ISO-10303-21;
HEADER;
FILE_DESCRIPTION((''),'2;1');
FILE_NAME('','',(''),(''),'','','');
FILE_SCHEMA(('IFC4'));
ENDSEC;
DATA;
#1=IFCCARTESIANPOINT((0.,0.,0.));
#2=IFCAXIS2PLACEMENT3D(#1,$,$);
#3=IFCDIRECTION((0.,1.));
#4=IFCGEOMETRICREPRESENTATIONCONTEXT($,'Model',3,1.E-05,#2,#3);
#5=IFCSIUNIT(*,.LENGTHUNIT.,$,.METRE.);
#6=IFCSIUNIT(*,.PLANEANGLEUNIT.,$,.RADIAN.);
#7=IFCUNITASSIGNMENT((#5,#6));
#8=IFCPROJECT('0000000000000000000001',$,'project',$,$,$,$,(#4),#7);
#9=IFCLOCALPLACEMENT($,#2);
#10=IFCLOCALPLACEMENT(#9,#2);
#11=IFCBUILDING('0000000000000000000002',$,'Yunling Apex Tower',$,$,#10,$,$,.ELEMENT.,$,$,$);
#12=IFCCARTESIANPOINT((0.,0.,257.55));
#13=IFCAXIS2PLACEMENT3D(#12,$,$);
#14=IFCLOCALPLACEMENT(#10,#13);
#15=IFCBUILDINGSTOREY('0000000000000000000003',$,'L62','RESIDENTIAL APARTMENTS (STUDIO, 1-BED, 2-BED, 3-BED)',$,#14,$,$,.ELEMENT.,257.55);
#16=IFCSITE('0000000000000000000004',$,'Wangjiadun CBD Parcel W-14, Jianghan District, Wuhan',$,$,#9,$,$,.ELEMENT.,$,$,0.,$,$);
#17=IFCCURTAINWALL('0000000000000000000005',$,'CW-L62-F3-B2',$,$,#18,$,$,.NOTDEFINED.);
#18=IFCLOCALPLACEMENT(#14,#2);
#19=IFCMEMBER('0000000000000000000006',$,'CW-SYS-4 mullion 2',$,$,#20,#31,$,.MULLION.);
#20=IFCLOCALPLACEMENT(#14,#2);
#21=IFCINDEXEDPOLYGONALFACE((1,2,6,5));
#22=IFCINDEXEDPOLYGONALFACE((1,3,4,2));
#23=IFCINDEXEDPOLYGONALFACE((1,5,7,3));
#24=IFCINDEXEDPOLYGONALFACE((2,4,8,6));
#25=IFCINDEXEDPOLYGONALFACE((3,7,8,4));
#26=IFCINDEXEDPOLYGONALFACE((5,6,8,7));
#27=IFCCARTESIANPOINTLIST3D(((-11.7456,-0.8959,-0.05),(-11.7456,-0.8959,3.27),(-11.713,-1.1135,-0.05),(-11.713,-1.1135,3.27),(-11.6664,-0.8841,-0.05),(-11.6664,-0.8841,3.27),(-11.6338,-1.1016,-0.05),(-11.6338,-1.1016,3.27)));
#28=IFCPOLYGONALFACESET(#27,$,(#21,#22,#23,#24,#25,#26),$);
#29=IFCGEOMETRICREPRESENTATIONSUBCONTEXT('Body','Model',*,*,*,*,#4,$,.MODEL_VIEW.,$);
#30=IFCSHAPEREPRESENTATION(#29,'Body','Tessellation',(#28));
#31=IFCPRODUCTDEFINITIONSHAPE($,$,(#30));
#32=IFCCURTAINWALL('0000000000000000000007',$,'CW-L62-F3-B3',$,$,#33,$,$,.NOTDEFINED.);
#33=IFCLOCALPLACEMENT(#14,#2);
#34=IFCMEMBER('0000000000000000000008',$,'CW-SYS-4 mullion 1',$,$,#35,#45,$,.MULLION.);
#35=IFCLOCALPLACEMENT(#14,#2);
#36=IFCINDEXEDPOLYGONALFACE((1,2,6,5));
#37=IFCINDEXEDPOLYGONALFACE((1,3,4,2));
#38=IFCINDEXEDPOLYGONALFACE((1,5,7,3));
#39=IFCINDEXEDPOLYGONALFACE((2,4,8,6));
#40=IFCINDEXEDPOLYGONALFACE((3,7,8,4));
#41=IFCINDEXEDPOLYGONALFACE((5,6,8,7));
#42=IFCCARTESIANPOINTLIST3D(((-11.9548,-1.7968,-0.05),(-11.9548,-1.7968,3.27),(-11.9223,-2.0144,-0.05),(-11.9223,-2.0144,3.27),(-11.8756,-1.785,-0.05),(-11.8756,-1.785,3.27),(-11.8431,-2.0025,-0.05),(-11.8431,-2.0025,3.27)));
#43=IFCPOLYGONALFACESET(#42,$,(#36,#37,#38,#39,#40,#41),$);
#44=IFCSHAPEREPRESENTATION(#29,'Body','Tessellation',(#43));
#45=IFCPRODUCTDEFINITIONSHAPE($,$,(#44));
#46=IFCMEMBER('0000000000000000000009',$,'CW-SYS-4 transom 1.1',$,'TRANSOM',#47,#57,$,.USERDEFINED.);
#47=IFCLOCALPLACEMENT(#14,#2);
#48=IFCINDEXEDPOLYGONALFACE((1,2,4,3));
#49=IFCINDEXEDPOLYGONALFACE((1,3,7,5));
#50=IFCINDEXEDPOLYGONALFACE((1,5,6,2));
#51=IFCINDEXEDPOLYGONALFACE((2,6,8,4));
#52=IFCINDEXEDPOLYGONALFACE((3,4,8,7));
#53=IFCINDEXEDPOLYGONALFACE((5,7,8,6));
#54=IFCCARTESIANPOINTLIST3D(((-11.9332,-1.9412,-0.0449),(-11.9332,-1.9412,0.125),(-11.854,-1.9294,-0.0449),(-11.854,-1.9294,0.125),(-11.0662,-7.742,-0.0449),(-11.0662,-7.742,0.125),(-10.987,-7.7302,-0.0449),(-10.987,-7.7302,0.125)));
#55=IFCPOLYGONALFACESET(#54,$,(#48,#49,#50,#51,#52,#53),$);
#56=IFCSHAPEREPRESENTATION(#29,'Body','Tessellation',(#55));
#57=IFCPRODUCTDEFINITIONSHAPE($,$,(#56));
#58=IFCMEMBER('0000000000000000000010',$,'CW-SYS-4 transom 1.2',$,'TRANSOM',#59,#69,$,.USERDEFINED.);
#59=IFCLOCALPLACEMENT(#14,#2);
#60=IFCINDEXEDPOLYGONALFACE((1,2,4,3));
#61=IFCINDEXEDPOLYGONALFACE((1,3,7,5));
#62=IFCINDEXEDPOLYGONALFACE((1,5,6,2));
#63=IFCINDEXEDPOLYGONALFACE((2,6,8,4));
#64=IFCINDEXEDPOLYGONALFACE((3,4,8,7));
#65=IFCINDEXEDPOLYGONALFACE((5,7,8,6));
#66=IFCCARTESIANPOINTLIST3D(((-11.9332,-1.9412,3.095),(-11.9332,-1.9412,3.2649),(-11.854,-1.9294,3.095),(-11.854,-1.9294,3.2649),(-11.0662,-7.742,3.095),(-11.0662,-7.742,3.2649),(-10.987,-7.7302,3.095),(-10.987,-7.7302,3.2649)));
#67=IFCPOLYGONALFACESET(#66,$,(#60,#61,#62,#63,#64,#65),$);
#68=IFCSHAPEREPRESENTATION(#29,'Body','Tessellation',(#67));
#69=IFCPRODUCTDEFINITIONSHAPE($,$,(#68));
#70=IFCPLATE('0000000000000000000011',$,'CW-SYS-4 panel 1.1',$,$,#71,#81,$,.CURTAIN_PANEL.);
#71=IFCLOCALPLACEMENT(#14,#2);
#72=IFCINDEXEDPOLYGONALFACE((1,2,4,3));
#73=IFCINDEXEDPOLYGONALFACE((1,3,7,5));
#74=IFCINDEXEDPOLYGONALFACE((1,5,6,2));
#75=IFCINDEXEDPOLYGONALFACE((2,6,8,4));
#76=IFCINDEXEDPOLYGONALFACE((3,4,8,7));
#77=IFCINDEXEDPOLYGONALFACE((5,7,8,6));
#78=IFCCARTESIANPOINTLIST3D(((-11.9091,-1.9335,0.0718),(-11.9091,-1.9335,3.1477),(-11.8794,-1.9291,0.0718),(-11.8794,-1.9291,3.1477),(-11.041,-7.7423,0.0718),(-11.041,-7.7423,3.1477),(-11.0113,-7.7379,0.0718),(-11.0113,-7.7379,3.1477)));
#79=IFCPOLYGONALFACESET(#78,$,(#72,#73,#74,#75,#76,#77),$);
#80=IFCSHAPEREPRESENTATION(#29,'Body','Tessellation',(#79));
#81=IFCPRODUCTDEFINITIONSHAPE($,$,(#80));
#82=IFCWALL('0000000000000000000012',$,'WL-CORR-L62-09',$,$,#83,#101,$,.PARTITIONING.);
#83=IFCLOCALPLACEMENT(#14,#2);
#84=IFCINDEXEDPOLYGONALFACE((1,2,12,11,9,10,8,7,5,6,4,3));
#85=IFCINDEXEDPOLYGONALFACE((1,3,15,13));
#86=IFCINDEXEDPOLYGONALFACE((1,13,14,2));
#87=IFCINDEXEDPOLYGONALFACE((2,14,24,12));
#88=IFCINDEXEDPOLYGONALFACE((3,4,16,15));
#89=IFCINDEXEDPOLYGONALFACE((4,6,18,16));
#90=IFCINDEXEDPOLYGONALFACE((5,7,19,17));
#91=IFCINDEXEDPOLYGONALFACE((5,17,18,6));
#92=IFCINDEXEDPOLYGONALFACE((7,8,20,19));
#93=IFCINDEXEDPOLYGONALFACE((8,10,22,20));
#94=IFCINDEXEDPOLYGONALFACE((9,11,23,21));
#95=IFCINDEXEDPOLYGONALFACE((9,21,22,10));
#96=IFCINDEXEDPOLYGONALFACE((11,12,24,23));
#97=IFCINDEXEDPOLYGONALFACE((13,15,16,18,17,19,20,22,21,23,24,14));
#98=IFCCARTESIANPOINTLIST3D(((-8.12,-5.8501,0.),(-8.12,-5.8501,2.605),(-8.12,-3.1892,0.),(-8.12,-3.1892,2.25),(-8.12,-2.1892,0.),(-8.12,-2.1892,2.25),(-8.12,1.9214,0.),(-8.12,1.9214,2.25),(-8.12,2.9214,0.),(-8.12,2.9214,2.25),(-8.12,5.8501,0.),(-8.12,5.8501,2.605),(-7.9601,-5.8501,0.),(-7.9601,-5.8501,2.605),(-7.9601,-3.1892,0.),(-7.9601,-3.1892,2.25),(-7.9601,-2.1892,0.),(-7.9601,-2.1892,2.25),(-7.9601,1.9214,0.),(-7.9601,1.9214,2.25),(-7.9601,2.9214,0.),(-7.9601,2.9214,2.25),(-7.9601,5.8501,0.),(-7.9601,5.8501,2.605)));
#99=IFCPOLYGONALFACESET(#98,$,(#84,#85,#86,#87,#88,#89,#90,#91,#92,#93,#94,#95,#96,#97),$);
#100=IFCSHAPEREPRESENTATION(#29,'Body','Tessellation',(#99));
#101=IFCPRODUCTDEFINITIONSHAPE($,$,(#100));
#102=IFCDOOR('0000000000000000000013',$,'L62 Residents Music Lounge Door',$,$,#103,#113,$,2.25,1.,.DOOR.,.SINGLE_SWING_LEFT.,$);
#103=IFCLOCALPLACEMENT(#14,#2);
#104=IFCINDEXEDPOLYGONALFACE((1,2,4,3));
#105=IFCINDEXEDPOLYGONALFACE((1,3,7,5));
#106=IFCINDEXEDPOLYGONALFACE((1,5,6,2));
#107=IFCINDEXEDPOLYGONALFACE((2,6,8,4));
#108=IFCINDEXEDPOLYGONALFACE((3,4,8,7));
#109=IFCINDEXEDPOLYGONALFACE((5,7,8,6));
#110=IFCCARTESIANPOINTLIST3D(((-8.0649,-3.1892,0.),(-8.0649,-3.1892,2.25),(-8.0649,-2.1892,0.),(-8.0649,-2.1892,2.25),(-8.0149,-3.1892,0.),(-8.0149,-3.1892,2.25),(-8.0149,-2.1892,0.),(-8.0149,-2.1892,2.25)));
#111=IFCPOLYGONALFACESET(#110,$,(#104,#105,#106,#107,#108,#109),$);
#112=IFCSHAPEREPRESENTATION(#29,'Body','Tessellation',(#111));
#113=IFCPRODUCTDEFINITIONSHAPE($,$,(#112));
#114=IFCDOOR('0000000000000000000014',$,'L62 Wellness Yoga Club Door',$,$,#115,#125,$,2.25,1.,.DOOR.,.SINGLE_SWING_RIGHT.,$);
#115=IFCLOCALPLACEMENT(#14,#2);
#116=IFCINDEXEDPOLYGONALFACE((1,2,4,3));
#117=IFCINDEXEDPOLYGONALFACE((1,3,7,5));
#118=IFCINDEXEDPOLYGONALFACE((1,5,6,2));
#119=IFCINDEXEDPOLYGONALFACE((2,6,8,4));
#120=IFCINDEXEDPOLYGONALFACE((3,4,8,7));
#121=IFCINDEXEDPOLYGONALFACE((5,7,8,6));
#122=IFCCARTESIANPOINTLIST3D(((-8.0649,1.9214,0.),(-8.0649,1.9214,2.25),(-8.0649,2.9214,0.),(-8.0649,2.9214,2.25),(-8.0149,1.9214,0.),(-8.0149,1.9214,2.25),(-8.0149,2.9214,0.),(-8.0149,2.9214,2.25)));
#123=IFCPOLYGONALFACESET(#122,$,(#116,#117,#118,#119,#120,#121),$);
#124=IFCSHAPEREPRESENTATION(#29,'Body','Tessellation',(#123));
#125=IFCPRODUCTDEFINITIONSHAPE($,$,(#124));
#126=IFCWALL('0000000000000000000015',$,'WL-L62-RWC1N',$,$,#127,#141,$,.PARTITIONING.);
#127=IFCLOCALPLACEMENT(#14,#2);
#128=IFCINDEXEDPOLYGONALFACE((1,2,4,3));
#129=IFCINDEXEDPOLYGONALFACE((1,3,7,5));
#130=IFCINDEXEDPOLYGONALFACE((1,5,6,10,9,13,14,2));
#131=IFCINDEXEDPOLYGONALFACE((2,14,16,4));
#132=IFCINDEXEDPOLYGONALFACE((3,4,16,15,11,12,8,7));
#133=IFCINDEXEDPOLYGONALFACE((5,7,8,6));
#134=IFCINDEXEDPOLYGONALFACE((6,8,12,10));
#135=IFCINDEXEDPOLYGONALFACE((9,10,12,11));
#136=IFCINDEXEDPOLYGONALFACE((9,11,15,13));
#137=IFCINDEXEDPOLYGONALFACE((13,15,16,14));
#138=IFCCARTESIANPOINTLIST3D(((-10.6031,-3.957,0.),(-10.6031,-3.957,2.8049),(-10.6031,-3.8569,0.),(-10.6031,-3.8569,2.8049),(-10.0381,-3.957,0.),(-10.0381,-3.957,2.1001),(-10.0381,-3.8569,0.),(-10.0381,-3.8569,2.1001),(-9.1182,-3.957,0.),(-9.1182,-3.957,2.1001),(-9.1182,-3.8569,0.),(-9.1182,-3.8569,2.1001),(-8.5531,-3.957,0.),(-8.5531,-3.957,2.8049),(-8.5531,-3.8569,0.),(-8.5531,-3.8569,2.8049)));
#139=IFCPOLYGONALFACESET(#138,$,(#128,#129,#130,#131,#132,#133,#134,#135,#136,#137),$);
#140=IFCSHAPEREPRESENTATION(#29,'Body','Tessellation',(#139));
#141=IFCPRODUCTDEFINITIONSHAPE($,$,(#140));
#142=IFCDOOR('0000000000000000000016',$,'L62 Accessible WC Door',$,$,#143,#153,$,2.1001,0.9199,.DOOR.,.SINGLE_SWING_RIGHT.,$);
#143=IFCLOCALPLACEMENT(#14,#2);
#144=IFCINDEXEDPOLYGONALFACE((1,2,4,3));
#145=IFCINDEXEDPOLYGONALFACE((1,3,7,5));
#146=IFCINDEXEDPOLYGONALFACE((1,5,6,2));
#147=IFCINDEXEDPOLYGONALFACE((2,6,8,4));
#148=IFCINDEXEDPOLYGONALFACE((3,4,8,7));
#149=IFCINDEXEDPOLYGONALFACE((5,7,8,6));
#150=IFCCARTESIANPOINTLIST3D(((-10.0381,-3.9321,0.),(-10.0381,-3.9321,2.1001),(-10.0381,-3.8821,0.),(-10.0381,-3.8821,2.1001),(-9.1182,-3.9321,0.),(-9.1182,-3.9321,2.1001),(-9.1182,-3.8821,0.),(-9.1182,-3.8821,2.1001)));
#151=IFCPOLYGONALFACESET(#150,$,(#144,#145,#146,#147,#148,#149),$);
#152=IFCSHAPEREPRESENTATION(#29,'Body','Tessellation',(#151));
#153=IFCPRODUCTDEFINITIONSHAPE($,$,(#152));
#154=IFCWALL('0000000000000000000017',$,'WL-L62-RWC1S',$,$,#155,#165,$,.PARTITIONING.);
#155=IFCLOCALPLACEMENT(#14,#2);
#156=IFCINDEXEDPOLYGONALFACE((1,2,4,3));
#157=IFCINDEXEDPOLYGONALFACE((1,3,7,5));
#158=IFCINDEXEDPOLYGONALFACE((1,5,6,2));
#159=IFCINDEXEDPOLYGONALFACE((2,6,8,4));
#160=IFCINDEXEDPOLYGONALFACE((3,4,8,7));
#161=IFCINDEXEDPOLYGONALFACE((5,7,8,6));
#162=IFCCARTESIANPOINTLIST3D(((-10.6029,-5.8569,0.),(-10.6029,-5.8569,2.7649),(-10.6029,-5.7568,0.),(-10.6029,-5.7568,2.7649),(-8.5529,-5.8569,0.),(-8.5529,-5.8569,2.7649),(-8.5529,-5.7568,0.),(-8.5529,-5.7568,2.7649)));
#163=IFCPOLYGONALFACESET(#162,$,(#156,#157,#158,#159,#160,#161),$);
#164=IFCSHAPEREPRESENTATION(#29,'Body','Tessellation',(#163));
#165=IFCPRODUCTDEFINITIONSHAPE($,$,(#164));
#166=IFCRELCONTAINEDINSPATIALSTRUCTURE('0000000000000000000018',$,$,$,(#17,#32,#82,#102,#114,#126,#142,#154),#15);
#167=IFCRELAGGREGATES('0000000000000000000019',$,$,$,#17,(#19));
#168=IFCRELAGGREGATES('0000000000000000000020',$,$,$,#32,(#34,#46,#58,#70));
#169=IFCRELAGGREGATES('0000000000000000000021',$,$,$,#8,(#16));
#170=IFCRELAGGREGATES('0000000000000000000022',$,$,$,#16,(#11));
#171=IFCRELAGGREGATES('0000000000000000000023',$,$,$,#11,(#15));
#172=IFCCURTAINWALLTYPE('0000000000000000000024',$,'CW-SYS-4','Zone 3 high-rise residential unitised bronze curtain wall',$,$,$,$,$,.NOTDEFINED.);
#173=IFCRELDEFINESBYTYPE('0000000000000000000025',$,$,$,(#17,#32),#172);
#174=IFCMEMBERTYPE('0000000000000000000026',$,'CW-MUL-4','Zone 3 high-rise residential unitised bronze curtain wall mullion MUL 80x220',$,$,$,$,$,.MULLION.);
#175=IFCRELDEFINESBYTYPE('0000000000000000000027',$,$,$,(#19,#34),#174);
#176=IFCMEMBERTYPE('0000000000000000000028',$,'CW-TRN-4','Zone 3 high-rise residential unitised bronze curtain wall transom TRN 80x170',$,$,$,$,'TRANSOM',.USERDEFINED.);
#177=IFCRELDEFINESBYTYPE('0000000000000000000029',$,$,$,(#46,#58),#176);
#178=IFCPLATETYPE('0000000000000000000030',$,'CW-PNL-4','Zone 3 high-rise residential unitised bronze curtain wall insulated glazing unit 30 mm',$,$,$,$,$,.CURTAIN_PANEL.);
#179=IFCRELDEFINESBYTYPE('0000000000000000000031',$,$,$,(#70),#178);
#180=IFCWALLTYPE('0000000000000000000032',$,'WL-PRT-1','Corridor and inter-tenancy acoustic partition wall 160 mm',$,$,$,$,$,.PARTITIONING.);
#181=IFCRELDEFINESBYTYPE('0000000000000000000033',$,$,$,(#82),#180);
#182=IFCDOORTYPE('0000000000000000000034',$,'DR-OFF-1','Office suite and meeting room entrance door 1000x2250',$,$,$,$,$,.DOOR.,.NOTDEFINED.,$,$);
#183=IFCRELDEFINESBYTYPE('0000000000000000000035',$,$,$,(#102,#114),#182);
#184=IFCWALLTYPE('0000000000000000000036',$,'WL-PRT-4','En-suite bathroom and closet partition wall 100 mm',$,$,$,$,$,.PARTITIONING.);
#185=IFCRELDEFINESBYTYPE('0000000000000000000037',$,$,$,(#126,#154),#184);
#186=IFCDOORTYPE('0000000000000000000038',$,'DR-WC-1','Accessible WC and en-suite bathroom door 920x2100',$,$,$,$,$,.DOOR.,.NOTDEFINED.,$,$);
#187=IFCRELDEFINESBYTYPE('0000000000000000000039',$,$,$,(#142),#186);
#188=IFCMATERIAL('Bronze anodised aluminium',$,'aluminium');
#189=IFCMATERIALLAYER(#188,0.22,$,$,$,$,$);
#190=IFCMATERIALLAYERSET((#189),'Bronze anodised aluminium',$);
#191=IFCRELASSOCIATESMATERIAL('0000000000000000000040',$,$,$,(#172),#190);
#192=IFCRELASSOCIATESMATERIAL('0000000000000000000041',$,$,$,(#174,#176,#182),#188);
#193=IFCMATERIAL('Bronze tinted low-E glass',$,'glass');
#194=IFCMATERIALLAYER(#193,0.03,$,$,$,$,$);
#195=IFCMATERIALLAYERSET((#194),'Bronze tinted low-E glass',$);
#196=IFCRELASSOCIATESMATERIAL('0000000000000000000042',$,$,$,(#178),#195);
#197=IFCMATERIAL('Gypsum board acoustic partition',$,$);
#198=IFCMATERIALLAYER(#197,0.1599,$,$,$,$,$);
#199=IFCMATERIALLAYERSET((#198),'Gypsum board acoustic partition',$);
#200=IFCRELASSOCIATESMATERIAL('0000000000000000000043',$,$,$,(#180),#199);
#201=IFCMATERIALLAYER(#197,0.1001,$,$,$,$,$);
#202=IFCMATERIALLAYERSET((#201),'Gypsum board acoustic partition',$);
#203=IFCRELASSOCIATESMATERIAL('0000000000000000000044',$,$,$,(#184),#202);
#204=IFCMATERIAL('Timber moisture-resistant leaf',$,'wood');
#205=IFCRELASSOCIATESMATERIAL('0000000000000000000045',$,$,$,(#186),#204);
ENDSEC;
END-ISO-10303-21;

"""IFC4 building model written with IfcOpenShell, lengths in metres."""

from ifc_helpers import new_model, si_unit, direction, frame, frame_2d, origin, origin_2d, place, context, subcontext, project, spatial, rectangle, extrude, source, transform, mapped, material, layer, layer_set, material_profile, profile_set, type_object, element, fill, aggregate, save


model = new_model("IFC4")

# Units and contexts
model_context = context("Model", 3, precision=1e-05, world=origin(), true_north=direction((0.0, 1.0)))
body_context = subcontext(model_context, "Body", "Model", "MODEL_VIEW")
ifc_project = project(units=[si_unit("LENGTHUNIT", "METRE"), si_unit("PLANEANGLEUNIT", "RADIAN")], contexts=[model_context])

# Site, building, storey
site_placement = place(None, origin())
site = spatial("IfcSite", under=ifc_project, at=site_placement, Name="Wangjiadun CBD Parcel W-14, Jianghan District, Wuhan", CompositionType="ELEMENT", RefElevation=0.0)
building_placement = place(site_placement, origin())
building = spatial("IfcBuilding", under=site, at=building_placement, Name="Yunling Apex Tower", CompositionType="ELEMENT")
storey_placement = place(building_placement, frame((0.0, 0.0, 257.55)))
storey = spatial("IfcBuildingStorey", under=building, at=storey_placement, Name="L62", Description="RESIDENTIAL APARTMENTS (STUDIO, 1-BED, 2-BED, 3-BED)", CompositionType="ELEMENT", Elevation=257.55)

# Curtain wall, member
ifc_material_1 = material(Name="Bronze anodised aluminium", Category="aluminium")
ifc_layer_1 = layer(ifc_material_1, 0.22)
ifc_layer_set_1 = layer_set([ifc_layer_1], Name="Bronze anodised aluminium")
curtain_wall_type = type_object("IfcCurtainWallType", Name="CW-SYS-4", Description="Zone 3 high-rise residential unitised bronze curtain wall", PredefinedType="NOTDEFINED", material=ifc_layer_set_1)
curtain_wall_1_placement = place(storey_placement, origin())
curtain_wall_1 = element("IfcCurtainWall", 1, at=curtain_wall_1_placement, inside=storey, type_object=curtain_wall_type, Name="CW-L62-F3-B2", PredefinedType="NOTDEFINED")
ifc_material_profile_1 = material_profile(ifc_material_1, rectangle(XDim=0.0801, YDim=0.22, at=origin_2d()))
ifc_profile_set_1 = profile_set([ifc_material_profile_1], Name="Bronze anodised aluminium")
member_type_1 = type_object("IfcMemberType", Name="CW-MUL-4", Description="Zone 3 high-rise residential unitised bronze curtain wall mullion MUL 80x220", PredefinedType="MULLION", material=ifc_profile_set_1)
shared_shape_1 = source(origin(), body_context, "Body", "SweptSolid", [
    extrude(rectangle(XDim=0.0801, YDim=0.22, at=origin_2d()), origin(), (0.0, 0.0, 1.0), 3.3201),
])
member_1_placement = place(storey_placement, frame((-11.6897, -0.9988, -0.05), z_axis=(0.0, 0.0, 1.0), x_axis=(0.989017, 0.147804, 0.0)))
member_1 = element("IfcMember", 2, at=member_1_placement, type_object=member_type_1, Name="CW-SYS-4 mullion 2", PredefinedType="MULLION", context=body_context, shape_type="MappedRepresentation", body=[
    mapped(shared_shape_1, transform((0.0, 0.0, 0.0), scale=1.0)),
])
aggregate(curtain_wall_1, [member_1])

# Curtain wall, members, plate
curtain_wall_2_placement = place(storey_placement, origin())
curtain_wall_2 = element("IfcCurtainWall", 3, at=curtain_wall_2_placement, inside=storey, type_object=curtain_wall_type, Name="CW-L62-F3-B3", PredefinedType="NOTDEFINED")
member_2_placement = place(storey_placement, frame((-11.8989, -1.8997, -0.05), z_axis=(0.0, 0.0, 1.0), x_axis=(0.989016, 0.147807, 0.0)))
member_2 = element("IfcMember", 4, at=member_2_placement, type_object=member_type_1, Name="CW-SYS-4 mullion 1", PredefinedType="MULLION", context=body_context, shape_type="MappedRepresentation", body=[
    mapped(shared_shape_1, transform((0.0, 0.0, 0.0), scale=1.0)),
])
ifc_material_profile_2 = material_profile(ifc_material_1, rectangle(XDim=0.0801, YDim=0.1699, at=origin_2d()))
ifc_profile_set_2 = profile_set([ifc_material_profile_2], Name="Bronze anodised aluminium")
member_type_2 = type_object("IfcMemberType", Name="CW-TRN-4", Description="Zone 3 high-rise residential unitised bronze curtain wall transom TRN 80x170", ElementType="TRANSOM", PredefinedType="USERDEFINED", material=ifc_profile_set_2)
shared_shape_2 = source(origin(), body_context, "Body", "SweptSolid", [
    extrude(rectangle(XDim=0.0801, YDim=0.1699, at=origin_2d()), origin(), (0.0, 0.0, 1.0), 5.8652),
])
member_3_placement = place(storey_placement, frame((-11.8936, -1.9353, 0.04), z_axis=(0.147811, -0.989016, 0.0), x_axis=(0.989016, 0.147811, 0.0)))
member_3 = element("IfcMember", 5, at=member_3_placement, type_object=member_type_2, Name="CW-SYS-4 transom 1.1", ObjectType="TRANSOM", PredefinedType="USERDEFINED", context=body_context, shape_type="MappedRepresentation", body=[
    mapped(shared_shape_2, transform((0.0, 0.0, 0.0), scale=1.0)),
])
member_4_placement = place(storey_placement, frame((-11.8936, -1.9353, 3.1799), z_axis=(0.147811, -0.989016, 0.0), x_axis=(0.989016, 0.147811, 0.0)))
member_4 = element("IfcMember", 6, at=member_4_placement, type_object=member_type_2, Name="CW-SYS-4 transom 1.2", ObjectType="TRANSOM", PredefinedType="USERDEFINED", context=body_context, shape_type="MappedRepresentation", body=[
    mapped(shared_shape_2, transform((0.0, 0.0, 0.0), scale=1.0)),
])
ifc_material_2 = material(Name="Bronze tinted low-E glass", Category="glass")
ifc_layer_2 = layer(ifc_material_2, 0.03)
ifc_layer_set_2 = layer_set([ifc_layer_2], Name="Bronze tinted low-E glass")
plate_type = type_object("IfcPlateType", Name="CW-PNL-4", Description="Zone 3 high-rise residential unitised bronze curtain wall insulated glazing unit 30 mm", PredefinedType="CURTAIN_PANEL", material=ifc_layer_set_2)
shared_shape_3 = source(origin(), body_context, "Body", "SweptSolid", [
    extrude(rectangle(XDim=5.8733, YDim=0.03, at=origin_2d()), origin(), (0.0, 0.0, 1.0), 3.0759),
])
plate_placement = place(storey_placement, frame((-11.4602, -4.8357, 0.0718), z_axis=(0.0, 0.0, 1.0), x_axis=(0.147807, -0.989016, 0.0)))
plate = element("IfcPlate", 7, at=plate_placement, type_object=plate_type, Name="CW-SYS-4 panel 1.1", PredefinedType="CURTAIN_PANEL", context=body_context, shape_type="MappedRepresentation", body=[
    mapped(shared_shape_3, transform((0.0, 0.0, 0.0), scale=1.0)),
])
aggregate(curtain_wall_2, [member_2, member_3, member_4, plate])

# Wall, openings, doors
ifc_material_3 = material(Name="Gypsum board acoustic partition")
ifc_layer_3 = layer(ifc_material_3, 0.1599)
ifc_layer_set_3 = layer_set([ifc_layer_3], Name="Gypsum board acoustic partition")
wall_type_1 = type_object("IfcWallType", Name="WL-PRT-1", Description="Corridor and inter-tenancy acoustic partition wall 160 mm", PredefinedType="PARTITIONING", material=ifc_layer_set_3)
wall_1_placement = place(storey_placement, frame((-8.04, -5.8501, 0.0), z_axis=(0.0, 0.0, 1.0), x_axis=(0.0, 1.0, 0.0)))
wall_1 = element("IfcWall", 8, at=wall_1_placement, inside=storey, type_object=wall_type_1, Name="WL-CORR-L62-09", PredefinedType="PARTITIONING", context=body_context, shape_type="SweptSolid", body=[
    extrude(rectangle(XDim=11.7002, YDim=0.1599, at=frame_2d((5.8501, 0.0))), origin(), (0.0, 0.0, 1.0), 2.605),
])
opening_1_placement = place(wall_1_placement, frame((2.6609, 0.0, 0.0)))
opening_1 = element("IfcOpeningElement", 9, at=opening_1_placement, cuts=wall_1, PredefinedType="OPENING", context=body_context, shape_type="SweptSolid", body=[
    extrude(rectangle(XDim=1.0, YDim=2.25, at=frame_2d((0.5, 1.125))), frame((0.0, 0.0898, 0.0), z_axis=(0.0, -1.0, 0.0), x_axis=(1.0, 0.0, 0.0)), (0.0, 0.0, 1.0), 0.1799),
])
opening_2_placement = place(wall_1_placement, frame((7.7715, 0.0, 0.0)))
opening_2 = element("IfcOpeningElement", 10, at=opening_2_placement, cuts=wall_1, PredefinedType="OPENING", context=body_context, shape_type="SweptSolid", body=[
    extrude(rectangle(XDim=1.0, YDim=2.25, at=frame_2d((0.5, 1.125))), frame((0.0, 0.0898, 0.0), z_axis=(0.0, -1.0, 0.0), x_axis=(1.0, 0.0, 0.0)), (0.0, 0.0, 1.0), 0.1799),
])
door_type_1 = type_object("IfcDoorType", Name="DR-OFF-1", Description="Office suite and meeting room entrance door 1000x2250", OperationType="NOTDEFINED", PredefinedType="DOOR", material=ifc_material_1)
door_1_placement = place(opening_1_placement, origin())
door_1 = element("IfcDoor", 11, at=door_1_placement, inside=storey, type_object=door_type_1, Name="L62 Residents Music Lounge Door", OperationType="SINGLE_SWING_LEFT", OverallHeight=2.25, OverallWidth=1.0, PredefinedType="DOOR", context=body_context, shape_type="SweptSolid", body=[
    extrude(rectangle(XDim=1.0, YDim=2.25, at=frame_2d((0.5, 1.125))), frame((0.0, 0.0249, 0.0), z_axis=(0.0, -1.0, 0.0), x_axis=(1.0, 0.0, 0.0)), (0.0, 0.0, 1.0), 0.05),
])
fill(opening_1, door_1)
door_2_placement = place(opening_2_placement, origin())
door_2 = element("IfcDoor", 12, at=door_2_placement, inside=storey, type_object=door_type_1, Name="L62 Wellness Yoga Club Door", OperationType="SINGLE_SWING_RIGHT", OverallHeight=2.25, OverallWidth=1.0, PredefinedType="DOOR", context=body_context, shape_type="SweptSolid", body=[
    extrude(rectangle(XDim=1.0, YDim=2.25, at=frame_2d((0.5, 1.125))), frame((0.0, 0.0249, 0.0), z_axis=(0.0, -1.0, 0.0), x_axis=(1.0, 0.0, 0.0)), (0.0, 0.0, 1.0), 0.05),
])
fill(opening_2, door_2)

# Wall, opening, door
ifc_layer_4 = layer(ifc_material_3, 0.1001)
ifc_layer_set_4 = layer_set([ifc_layer_4], Name="Gypsum board acoustic partition")
wall_type_2 = type_object("IfcWallType", Name="WL-PRT-4", Description="En-suite bathroom and closet partition wall 100 mm", PredefinedType="PARTITIONING", material=ifc_layer_set_4)
wall_2_placement = place(storey_placement, frame((-10.603, -3.907, 0.0), z_axis=(0.0, 0.0, 1.0), x_axis=(1.0, 0.0, 0.0)))
wall_2 = element("IfcWall", 13, at=wall_2_placement, inside=storey, type_object=wall_type_2, Name="WL-L62-RWC1N", PredefinedType="PARTITIONING", context=body_context, shape_type="SweptSolid", body=[
    extrude(rectangle(XDim=2.05, YDim=0.1001, at=frame_2d((1.0249, 0.0))), origin(), (0.0, 0.0, 1.0), 2.8049),
])
opening_3_placement = place(wall_2_placement, frame((0.5649, 0.0, 0.0)))
opening_3 = element("IfcOpeningElement", 14, at=opening_3_placement, cuts=wall_2, PredefinedType="OPENING", context=body_context, shape_type="SweptSolid", body=[
    extrude(rectangle(XDim=0.9199, YDim=2.1001, at=frame_2d((0.46, 1.05))), frame((0.0, 0.0601, 0.0), z_axis=(0.0, -1.0, 0.0), x_axis=(1.0, 0.0, 0.0)), (0.0, 0.0, 1.0), 0.1201),
])
ifc_material_4 = material(Name="Timber moisture-resistant leaf", Category="wood")
door_type_2 = type_object("IfcDoorType", Name="DR-WC-1", Description="Accessible WC and en-suite bathroom door 920x2100", OperationType="NOTDEFINED", PredefinedType="DOOR", material=ifc_material_4)
door_3_placement = place(opening_3_placement, origin())
door_3 = element("IfcDoor", 15, at=door_3_placement, inside=storey, type_object=door_type_2, Name="L62 Accessible WC Door", OperationType="SINGLE_SWING_RIGHT", OverallHeight=2.1001, OverallWidth=0.9199, PredefinedType="DOOR", context=body_context, shape_type="SweptSolid", body=[
    extrude(rectangle(XDim=0.9199, YDim=2.1001, at=frame_2d((0.46, 1.05))), frame((0.0, 0.0249, 0.0), z_axis=(0.0, -1.0, 0.0), x_axis=(1.0, 0.0, 0.0)), (0.0, 0.0, 1.0), 0.05),
])
fill(opening_3, door_3)

# Wall
wall_3_placement = place(storey_placement, frame((-8.553, -5.8069, 0.0), z_axis=(0.0, 0.0, 1.0), x_axis=(-1.0, 0.0, 0.0)))
element("IfcWall", 16, at=wall_3_placement, inside=storey, type_object=wall_type_2, Name="WL-L62-RWC1S", PredefinedType="PARTITIONING", context=body_context, shape_type="SweptSolid", body=[
    extrude(rectangle(XDim=2.05, YDim=0.1001, at=frame_2d((1.0249, 0.0))), origin(), (0.0, 0.0, 1.0), 2.7649),
])

save(model, "model.ifc")
